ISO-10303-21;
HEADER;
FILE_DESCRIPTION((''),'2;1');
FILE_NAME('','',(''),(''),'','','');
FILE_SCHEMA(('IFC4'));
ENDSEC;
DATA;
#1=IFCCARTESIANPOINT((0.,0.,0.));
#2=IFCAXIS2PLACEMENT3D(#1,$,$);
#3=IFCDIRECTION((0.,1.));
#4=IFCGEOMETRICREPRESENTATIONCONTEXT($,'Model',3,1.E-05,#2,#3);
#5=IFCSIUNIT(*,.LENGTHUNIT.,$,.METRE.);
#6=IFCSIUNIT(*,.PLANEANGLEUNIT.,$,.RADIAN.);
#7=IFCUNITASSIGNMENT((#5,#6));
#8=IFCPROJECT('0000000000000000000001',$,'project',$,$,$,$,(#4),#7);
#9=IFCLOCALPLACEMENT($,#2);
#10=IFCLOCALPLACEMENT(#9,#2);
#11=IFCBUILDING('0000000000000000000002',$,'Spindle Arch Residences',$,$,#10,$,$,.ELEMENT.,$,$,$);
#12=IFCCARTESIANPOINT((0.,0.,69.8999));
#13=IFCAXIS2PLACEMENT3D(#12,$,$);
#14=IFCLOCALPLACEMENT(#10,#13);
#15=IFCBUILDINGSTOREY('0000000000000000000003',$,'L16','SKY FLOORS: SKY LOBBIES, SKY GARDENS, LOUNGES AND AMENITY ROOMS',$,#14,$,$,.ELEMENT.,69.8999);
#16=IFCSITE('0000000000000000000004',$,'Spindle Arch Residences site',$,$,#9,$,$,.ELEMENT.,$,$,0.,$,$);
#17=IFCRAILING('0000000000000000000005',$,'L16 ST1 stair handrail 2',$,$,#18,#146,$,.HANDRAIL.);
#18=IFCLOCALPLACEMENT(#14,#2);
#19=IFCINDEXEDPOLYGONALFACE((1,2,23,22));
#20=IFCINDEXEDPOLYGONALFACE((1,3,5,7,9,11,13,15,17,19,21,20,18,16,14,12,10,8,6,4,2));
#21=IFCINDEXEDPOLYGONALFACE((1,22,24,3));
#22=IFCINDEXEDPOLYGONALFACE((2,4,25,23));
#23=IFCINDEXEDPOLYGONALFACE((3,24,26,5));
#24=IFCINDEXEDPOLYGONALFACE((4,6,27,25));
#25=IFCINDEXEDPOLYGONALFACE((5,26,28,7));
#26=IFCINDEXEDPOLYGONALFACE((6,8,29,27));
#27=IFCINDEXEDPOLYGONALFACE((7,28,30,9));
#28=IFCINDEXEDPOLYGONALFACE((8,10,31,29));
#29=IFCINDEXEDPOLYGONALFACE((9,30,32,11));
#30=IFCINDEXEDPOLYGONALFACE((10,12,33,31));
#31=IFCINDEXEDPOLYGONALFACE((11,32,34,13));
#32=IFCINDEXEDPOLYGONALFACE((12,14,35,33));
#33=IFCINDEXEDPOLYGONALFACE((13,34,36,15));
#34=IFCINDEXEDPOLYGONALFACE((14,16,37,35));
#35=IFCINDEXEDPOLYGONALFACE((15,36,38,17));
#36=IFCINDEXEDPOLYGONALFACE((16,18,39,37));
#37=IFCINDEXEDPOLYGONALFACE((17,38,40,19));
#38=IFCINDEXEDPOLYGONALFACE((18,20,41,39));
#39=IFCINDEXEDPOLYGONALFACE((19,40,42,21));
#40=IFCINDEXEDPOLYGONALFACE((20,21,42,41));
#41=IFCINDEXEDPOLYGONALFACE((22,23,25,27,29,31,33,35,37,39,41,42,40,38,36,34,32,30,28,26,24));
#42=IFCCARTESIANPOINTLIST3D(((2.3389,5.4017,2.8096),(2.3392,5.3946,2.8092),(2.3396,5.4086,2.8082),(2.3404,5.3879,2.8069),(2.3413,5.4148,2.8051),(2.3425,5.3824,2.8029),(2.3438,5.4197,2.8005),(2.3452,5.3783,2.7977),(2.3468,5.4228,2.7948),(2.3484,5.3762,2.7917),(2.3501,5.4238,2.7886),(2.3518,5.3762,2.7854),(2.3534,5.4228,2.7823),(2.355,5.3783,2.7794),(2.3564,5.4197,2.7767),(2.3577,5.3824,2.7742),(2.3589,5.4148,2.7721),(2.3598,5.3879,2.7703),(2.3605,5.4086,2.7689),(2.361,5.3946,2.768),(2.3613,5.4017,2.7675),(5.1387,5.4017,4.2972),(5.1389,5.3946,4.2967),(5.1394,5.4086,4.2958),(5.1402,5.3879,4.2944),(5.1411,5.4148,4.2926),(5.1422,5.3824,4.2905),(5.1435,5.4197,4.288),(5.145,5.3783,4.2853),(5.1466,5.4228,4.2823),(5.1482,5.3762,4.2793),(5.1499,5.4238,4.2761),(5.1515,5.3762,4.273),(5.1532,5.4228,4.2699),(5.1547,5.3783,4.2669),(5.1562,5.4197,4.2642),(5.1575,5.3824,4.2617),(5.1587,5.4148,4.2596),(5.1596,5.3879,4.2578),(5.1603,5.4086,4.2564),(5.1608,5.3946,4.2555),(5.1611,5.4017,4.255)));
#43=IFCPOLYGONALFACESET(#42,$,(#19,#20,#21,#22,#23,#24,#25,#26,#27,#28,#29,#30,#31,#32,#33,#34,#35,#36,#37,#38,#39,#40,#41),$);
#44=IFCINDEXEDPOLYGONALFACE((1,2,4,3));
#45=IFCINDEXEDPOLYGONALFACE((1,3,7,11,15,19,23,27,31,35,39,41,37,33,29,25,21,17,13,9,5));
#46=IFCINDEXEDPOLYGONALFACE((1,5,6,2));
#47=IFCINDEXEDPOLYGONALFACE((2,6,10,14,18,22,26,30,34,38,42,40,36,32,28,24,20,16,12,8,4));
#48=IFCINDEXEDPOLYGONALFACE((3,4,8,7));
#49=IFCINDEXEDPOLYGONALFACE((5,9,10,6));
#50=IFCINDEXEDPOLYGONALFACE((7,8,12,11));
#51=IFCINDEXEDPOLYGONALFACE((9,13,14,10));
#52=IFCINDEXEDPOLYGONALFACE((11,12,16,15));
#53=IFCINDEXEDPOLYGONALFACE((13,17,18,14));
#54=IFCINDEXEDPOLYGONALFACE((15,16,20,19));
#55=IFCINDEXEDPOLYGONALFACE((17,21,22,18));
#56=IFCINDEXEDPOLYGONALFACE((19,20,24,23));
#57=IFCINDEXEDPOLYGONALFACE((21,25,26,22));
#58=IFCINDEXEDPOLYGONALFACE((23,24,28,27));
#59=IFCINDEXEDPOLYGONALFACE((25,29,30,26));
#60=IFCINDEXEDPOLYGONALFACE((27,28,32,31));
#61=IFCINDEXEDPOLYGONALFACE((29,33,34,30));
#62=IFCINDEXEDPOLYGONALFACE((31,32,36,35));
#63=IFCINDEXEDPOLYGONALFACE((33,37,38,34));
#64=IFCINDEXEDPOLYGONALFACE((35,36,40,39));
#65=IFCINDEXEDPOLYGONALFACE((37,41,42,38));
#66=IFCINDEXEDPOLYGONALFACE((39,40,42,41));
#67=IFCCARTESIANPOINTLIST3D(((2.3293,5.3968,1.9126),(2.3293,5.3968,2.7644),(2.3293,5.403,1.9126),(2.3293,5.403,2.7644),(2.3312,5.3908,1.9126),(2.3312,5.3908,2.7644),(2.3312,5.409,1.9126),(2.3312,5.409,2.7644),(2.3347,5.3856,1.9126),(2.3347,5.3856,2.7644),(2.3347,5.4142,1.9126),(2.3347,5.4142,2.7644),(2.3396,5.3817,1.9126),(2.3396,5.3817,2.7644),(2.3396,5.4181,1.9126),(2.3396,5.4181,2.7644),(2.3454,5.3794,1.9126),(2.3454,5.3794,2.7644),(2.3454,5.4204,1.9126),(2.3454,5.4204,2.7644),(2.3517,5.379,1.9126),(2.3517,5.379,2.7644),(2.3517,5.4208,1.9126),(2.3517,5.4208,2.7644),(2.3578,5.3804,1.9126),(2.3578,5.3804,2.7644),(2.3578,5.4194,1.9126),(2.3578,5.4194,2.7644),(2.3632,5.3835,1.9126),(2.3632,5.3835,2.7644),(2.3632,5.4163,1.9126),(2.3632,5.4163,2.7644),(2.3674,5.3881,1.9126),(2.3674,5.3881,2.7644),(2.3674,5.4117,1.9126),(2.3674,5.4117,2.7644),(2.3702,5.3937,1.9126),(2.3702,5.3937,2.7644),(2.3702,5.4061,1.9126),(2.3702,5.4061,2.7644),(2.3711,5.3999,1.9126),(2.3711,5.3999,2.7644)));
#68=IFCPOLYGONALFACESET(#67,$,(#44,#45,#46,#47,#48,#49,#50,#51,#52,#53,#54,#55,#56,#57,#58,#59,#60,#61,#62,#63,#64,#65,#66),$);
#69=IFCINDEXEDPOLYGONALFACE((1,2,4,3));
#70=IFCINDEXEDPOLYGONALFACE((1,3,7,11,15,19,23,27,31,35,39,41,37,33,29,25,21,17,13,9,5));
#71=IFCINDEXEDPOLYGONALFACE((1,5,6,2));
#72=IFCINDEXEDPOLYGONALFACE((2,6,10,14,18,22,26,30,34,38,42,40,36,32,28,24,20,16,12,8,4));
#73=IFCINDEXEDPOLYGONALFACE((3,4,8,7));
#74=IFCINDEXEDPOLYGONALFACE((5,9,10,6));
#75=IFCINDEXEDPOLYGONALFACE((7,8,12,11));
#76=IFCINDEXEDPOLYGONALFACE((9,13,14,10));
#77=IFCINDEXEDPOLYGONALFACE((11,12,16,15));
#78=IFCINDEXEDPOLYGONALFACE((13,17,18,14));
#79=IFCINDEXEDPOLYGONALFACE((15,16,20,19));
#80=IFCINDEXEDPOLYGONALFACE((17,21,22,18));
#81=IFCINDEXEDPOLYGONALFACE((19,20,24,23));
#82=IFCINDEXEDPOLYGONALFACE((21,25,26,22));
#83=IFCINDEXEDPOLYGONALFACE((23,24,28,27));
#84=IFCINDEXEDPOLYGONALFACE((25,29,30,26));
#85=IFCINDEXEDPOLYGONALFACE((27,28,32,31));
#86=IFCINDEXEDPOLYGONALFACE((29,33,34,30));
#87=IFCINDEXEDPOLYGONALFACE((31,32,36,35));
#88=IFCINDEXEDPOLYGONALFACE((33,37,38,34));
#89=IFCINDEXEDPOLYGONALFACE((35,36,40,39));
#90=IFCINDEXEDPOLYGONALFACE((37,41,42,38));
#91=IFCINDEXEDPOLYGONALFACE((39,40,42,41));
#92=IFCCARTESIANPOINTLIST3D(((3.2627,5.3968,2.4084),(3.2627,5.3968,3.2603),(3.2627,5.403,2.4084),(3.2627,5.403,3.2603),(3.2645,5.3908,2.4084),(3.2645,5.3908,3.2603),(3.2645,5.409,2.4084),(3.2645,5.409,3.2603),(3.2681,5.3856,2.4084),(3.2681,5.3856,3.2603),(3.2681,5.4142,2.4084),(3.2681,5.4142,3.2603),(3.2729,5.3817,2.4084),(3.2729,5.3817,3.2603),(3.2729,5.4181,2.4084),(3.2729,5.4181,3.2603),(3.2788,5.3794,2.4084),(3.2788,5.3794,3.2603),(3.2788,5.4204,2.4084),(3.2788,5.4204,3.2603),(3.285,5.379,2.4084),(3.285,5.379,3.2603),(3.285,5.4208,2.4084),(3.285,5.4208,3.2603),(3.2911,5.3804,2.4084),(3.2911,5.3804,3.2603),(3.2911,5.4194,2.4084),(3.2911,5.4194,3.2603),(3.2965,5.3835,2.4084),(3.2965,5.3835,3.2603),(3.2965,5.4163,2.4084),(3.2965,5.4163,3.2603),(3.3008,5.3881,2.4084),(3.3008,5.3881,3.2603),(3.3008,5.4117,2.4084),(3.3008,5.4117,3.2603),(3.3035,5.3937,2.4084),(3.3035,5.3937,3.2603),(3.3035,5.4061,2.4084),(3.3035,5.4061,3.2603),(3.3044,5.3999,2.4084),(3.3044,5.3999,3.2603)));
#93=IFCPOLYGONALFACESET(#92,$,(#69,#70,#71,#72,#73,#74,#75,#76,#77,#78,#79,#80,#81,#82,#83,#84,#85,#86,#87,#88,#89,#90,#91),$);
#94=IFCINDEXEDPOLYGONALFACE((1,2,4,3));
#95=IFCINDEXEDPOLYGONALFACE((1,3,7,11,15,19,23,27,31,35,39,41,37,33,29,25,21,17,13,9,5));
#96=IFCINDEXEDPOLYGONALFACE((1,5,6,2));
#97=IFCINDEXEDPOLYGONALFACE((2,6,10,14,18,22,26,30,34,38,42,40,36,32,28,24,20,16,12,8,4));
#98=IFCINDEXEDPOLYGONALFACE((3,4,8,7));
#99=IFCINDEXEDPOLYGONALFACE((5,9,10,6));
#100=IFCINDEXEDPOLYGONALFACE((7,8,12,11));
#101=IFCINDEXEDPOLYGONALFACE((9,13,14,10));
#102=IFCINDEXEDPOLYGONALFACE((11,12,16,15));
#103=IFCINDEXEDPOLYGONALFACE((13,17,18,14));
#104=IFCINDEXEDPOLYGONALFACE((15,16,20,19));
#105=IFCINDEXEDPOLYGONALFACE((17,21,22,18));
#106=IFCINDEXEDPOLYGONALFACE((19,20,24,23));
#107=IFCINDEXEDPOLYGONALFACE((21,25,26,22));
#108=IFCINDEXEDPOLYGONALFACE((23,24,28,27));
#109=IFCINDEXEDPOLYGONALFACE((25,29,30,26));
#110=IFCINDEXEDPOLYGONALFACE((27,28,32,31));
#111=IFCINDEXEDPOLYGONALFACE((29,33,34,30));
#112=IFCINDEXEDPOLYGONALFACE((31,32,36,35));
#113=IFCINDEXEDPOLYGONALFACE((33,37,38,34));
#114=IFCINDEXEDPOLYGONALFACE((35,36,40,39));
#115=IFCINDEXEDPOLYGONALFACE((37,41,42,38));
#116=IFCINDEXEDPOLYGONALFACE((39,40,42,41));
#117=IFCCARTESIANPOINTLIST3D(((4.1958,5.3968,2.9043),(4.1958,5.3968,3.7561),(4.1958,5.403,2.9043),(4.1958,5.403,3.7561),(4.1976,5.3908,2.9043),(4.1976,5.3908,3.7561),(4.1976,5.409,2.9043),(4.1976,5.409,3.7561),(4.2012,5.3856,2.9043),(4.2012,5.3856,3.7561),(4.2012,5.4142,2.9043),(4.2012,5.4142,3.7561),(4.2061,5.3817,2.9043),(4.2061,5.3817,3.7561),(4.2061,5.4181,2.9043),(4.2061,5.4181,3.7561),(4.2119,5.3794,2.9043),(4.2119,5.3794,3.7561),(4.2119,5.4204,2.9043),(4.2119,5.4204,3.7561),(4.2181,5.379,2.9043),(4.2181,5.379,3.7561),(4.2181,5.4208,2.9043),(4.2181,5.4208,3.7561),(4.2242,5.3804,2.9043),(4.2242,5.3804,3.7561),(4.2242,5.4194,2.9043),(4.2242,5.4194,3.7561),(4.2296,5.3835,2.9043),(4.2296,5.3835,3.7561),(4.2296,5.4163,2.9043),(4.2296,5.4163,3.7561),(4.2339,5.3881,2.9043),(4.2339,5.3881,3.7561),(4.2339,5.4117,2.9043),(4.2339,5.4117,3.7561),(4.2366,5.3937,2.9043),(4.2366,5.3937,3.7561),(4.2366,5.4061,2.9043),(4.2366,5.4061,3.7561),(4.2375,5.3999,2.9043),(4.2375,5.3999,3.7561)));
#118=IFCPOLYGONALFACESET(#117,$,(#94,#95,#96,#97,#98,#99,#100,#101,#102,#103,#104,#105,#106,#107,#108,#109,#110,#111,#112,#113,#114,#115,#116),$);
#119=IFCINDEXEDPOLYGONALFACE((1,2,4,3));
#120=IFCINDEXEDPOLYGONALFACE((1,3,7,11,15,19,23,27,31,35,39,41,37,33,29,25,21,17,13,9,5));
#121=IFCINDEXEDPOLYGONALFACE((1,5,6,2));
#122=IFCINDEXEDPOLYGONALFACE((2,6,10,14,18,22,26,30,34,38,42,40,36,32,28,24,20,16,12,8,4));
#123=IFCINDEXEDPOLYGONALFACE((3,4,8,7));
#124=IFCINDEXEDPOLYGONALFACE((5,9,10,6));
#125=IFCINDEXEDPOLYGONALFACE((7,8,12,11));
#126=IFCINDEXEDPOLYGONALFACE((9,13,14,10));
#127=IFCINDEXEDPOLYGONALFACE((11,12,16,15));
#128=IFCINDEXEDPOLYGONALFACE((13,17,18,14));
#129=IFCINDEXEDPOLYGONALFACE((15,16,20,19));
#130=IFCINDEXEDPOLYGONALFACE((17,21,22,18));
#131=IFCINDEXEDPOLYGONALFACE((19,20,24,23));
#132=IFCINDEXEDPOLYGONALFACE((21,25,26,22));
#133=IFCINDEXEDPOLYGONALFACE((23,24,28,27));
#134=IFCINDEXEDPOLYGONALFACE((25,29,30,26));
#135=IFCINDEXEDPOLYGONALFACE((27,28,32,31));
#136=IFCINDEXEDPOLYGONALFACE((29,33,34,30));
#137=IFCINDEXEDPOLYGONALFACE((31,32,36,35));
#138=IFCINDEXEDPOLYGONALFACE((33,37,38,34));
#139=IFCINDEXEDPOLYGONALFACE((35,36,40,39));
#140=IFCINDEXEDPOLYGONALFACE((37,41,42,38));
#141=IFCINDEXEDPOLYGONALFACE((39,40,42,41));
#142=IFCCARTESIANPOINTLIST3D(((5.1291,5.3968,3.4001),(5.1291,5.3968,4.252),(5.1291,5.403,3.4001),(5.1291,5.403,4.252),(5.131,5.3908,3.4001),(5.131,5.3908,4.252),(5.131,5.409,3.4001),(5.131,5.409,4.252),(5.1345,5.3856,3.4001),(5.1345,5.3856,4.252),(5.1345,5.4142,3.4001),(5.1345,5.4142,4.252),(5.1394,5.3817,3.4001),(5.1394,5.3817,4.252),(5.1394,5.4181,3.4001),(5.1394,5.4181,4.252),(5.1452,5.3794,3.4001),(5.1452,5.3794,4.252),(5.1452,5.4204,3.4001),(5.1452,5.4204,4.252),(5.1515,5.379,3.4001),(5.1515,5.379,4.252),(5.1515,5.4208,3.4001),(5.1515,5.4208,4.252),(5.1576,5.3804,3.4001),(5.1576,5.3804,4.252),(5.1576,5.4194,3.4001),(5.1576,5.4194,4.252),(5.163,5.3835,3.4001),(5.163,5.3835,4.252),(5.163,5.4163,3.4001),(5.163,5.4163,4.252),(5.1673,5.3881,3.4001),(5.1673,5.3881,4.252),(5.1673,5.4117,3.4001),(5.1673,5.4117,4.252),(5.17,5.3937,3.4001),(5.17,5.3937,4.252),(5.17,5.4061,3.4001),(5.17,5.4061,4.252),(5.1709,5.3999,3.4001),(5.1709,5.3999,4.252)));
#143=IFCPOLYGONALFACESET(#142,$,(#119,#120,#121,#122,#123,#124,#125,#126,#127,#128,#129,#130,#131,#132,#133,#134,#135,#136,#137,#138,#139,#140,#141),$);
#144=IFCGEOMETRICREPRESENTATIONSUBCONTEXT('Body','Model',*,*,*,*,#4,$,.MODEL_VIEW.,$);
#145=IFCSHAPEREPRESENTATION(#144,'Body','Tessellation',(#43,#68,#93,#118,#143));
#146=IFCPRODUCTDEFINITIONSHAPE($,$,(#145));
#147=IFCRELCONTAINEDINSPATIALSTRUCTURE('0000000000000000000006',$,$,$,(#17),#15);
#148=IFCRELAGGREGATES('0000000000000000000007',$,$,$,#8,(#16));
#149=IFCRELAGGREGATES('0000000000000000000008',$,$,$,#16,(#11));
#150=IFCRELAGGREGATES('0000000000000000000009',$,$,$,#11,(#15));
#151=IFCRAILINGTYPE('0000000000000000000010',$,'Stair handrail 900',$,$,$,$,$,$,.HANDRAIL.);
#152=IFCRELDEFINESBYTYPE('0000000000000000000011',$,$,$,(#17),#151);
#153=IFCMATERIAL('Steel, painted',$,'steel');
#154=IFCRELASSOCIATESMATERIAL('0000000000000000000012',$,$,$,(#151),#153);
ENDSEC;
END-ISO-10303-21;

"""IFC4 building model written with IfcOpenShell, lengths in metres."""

from ifc_helpers import new_model, si_unit, direction, frame, origin, origin_2d, place, context, subcontext, project, spatial, circle, extrude, material, type_object, element, save


model = new_model("IFC4")

# Units and contexts
model_context = context("Model", 3, precision=1e-05, world=origin(), true_north=direction((0.0, 1.0)))
body_context = subcontext(model_context, "Body", "Model", "MODEL_VIEW")
ifc_project = project(units=[si_unit("LENGTHUNIT", "METRE"), si_unit("PLANEANGLEUNIT", "RADIAN")], contexts=[model_context])

# Site, building, storey
site_placement = place(None, origin())
site = spatial("IfcSite", under=ifc_project, at=site_placement, Name="Spindle Arch Residences site", CompositionType="ELEMENT", RefElevation=0.0)
building_placement = place(site_placement, origin())
building = spatial("IfcBuilding", under=site, at=building_placement, Name="Spindle Arch Residences", CompositionType="ELEMENT")
storey_placement = place(building_placement, frame((0.0, 0.0, 69.8999)))
storey = spatial("IfcBuildingStorey", under=building, at=storey_placement, Name="L16", Description="SKY FLOORS: SKY LOBBIES, SKY GARDENS, LOUNGES AND AMENITY ROOMS", CompositionType="ELEMENT", Elevation=69.8999)

# Railing
ifc_material_1 = material(Name="Steel, painted", Category="steel")
railing_type_1 = type_object("IfcRailingType", Name="Stair handrail 900", PredefinedType="HANDRAIL", material=ifc_material_1)
railing_1_placement = place(storey_placement, frame((2.3501, 5.3999, 1.9126)))
element("IfcRailing", 1, at=railing_1_placement, inside=storey, type_object=railing_type_1, Name="L16 ST1 stair handrail 2", PredefinedType="HANDRAIL", context=body_context, shape_type="SweptSolid", body=[
    extrude(circle(Radius=0.0239, at=origin_2d()), frame((0.0, 0.0, 0.876), z_axis=(0.883096, 0.0, 0.469193), x_axis=(0.0, 1.0, 0.0)), (0.0, 0.0, 1.0), 3.1704),
    extrude(circle(Radius=0.021, at=origin_2d()), origin(), (0.0, 0.0, 1.0), 0.8518),
    extrude(circle(Radius=0.021, at=origin_2d()), frame((0.9333, 0.0, 0.4958)), (0.0, 0.0, 1.0), 0.8518),
    extrude(circle(Radius=0.021, at=origin_2d()), frame((1.8665, 0.0, 0.9917)), (0.0, 0.0, 1.0), 0.8518),
    extrude(circle(Radius=0.021, at=origin_2d()), frame((2.7998, 0.0, 1.4875)), (0.0, 0.0, 1.0), 0.8518),
])

save(model, "model.ifc")
